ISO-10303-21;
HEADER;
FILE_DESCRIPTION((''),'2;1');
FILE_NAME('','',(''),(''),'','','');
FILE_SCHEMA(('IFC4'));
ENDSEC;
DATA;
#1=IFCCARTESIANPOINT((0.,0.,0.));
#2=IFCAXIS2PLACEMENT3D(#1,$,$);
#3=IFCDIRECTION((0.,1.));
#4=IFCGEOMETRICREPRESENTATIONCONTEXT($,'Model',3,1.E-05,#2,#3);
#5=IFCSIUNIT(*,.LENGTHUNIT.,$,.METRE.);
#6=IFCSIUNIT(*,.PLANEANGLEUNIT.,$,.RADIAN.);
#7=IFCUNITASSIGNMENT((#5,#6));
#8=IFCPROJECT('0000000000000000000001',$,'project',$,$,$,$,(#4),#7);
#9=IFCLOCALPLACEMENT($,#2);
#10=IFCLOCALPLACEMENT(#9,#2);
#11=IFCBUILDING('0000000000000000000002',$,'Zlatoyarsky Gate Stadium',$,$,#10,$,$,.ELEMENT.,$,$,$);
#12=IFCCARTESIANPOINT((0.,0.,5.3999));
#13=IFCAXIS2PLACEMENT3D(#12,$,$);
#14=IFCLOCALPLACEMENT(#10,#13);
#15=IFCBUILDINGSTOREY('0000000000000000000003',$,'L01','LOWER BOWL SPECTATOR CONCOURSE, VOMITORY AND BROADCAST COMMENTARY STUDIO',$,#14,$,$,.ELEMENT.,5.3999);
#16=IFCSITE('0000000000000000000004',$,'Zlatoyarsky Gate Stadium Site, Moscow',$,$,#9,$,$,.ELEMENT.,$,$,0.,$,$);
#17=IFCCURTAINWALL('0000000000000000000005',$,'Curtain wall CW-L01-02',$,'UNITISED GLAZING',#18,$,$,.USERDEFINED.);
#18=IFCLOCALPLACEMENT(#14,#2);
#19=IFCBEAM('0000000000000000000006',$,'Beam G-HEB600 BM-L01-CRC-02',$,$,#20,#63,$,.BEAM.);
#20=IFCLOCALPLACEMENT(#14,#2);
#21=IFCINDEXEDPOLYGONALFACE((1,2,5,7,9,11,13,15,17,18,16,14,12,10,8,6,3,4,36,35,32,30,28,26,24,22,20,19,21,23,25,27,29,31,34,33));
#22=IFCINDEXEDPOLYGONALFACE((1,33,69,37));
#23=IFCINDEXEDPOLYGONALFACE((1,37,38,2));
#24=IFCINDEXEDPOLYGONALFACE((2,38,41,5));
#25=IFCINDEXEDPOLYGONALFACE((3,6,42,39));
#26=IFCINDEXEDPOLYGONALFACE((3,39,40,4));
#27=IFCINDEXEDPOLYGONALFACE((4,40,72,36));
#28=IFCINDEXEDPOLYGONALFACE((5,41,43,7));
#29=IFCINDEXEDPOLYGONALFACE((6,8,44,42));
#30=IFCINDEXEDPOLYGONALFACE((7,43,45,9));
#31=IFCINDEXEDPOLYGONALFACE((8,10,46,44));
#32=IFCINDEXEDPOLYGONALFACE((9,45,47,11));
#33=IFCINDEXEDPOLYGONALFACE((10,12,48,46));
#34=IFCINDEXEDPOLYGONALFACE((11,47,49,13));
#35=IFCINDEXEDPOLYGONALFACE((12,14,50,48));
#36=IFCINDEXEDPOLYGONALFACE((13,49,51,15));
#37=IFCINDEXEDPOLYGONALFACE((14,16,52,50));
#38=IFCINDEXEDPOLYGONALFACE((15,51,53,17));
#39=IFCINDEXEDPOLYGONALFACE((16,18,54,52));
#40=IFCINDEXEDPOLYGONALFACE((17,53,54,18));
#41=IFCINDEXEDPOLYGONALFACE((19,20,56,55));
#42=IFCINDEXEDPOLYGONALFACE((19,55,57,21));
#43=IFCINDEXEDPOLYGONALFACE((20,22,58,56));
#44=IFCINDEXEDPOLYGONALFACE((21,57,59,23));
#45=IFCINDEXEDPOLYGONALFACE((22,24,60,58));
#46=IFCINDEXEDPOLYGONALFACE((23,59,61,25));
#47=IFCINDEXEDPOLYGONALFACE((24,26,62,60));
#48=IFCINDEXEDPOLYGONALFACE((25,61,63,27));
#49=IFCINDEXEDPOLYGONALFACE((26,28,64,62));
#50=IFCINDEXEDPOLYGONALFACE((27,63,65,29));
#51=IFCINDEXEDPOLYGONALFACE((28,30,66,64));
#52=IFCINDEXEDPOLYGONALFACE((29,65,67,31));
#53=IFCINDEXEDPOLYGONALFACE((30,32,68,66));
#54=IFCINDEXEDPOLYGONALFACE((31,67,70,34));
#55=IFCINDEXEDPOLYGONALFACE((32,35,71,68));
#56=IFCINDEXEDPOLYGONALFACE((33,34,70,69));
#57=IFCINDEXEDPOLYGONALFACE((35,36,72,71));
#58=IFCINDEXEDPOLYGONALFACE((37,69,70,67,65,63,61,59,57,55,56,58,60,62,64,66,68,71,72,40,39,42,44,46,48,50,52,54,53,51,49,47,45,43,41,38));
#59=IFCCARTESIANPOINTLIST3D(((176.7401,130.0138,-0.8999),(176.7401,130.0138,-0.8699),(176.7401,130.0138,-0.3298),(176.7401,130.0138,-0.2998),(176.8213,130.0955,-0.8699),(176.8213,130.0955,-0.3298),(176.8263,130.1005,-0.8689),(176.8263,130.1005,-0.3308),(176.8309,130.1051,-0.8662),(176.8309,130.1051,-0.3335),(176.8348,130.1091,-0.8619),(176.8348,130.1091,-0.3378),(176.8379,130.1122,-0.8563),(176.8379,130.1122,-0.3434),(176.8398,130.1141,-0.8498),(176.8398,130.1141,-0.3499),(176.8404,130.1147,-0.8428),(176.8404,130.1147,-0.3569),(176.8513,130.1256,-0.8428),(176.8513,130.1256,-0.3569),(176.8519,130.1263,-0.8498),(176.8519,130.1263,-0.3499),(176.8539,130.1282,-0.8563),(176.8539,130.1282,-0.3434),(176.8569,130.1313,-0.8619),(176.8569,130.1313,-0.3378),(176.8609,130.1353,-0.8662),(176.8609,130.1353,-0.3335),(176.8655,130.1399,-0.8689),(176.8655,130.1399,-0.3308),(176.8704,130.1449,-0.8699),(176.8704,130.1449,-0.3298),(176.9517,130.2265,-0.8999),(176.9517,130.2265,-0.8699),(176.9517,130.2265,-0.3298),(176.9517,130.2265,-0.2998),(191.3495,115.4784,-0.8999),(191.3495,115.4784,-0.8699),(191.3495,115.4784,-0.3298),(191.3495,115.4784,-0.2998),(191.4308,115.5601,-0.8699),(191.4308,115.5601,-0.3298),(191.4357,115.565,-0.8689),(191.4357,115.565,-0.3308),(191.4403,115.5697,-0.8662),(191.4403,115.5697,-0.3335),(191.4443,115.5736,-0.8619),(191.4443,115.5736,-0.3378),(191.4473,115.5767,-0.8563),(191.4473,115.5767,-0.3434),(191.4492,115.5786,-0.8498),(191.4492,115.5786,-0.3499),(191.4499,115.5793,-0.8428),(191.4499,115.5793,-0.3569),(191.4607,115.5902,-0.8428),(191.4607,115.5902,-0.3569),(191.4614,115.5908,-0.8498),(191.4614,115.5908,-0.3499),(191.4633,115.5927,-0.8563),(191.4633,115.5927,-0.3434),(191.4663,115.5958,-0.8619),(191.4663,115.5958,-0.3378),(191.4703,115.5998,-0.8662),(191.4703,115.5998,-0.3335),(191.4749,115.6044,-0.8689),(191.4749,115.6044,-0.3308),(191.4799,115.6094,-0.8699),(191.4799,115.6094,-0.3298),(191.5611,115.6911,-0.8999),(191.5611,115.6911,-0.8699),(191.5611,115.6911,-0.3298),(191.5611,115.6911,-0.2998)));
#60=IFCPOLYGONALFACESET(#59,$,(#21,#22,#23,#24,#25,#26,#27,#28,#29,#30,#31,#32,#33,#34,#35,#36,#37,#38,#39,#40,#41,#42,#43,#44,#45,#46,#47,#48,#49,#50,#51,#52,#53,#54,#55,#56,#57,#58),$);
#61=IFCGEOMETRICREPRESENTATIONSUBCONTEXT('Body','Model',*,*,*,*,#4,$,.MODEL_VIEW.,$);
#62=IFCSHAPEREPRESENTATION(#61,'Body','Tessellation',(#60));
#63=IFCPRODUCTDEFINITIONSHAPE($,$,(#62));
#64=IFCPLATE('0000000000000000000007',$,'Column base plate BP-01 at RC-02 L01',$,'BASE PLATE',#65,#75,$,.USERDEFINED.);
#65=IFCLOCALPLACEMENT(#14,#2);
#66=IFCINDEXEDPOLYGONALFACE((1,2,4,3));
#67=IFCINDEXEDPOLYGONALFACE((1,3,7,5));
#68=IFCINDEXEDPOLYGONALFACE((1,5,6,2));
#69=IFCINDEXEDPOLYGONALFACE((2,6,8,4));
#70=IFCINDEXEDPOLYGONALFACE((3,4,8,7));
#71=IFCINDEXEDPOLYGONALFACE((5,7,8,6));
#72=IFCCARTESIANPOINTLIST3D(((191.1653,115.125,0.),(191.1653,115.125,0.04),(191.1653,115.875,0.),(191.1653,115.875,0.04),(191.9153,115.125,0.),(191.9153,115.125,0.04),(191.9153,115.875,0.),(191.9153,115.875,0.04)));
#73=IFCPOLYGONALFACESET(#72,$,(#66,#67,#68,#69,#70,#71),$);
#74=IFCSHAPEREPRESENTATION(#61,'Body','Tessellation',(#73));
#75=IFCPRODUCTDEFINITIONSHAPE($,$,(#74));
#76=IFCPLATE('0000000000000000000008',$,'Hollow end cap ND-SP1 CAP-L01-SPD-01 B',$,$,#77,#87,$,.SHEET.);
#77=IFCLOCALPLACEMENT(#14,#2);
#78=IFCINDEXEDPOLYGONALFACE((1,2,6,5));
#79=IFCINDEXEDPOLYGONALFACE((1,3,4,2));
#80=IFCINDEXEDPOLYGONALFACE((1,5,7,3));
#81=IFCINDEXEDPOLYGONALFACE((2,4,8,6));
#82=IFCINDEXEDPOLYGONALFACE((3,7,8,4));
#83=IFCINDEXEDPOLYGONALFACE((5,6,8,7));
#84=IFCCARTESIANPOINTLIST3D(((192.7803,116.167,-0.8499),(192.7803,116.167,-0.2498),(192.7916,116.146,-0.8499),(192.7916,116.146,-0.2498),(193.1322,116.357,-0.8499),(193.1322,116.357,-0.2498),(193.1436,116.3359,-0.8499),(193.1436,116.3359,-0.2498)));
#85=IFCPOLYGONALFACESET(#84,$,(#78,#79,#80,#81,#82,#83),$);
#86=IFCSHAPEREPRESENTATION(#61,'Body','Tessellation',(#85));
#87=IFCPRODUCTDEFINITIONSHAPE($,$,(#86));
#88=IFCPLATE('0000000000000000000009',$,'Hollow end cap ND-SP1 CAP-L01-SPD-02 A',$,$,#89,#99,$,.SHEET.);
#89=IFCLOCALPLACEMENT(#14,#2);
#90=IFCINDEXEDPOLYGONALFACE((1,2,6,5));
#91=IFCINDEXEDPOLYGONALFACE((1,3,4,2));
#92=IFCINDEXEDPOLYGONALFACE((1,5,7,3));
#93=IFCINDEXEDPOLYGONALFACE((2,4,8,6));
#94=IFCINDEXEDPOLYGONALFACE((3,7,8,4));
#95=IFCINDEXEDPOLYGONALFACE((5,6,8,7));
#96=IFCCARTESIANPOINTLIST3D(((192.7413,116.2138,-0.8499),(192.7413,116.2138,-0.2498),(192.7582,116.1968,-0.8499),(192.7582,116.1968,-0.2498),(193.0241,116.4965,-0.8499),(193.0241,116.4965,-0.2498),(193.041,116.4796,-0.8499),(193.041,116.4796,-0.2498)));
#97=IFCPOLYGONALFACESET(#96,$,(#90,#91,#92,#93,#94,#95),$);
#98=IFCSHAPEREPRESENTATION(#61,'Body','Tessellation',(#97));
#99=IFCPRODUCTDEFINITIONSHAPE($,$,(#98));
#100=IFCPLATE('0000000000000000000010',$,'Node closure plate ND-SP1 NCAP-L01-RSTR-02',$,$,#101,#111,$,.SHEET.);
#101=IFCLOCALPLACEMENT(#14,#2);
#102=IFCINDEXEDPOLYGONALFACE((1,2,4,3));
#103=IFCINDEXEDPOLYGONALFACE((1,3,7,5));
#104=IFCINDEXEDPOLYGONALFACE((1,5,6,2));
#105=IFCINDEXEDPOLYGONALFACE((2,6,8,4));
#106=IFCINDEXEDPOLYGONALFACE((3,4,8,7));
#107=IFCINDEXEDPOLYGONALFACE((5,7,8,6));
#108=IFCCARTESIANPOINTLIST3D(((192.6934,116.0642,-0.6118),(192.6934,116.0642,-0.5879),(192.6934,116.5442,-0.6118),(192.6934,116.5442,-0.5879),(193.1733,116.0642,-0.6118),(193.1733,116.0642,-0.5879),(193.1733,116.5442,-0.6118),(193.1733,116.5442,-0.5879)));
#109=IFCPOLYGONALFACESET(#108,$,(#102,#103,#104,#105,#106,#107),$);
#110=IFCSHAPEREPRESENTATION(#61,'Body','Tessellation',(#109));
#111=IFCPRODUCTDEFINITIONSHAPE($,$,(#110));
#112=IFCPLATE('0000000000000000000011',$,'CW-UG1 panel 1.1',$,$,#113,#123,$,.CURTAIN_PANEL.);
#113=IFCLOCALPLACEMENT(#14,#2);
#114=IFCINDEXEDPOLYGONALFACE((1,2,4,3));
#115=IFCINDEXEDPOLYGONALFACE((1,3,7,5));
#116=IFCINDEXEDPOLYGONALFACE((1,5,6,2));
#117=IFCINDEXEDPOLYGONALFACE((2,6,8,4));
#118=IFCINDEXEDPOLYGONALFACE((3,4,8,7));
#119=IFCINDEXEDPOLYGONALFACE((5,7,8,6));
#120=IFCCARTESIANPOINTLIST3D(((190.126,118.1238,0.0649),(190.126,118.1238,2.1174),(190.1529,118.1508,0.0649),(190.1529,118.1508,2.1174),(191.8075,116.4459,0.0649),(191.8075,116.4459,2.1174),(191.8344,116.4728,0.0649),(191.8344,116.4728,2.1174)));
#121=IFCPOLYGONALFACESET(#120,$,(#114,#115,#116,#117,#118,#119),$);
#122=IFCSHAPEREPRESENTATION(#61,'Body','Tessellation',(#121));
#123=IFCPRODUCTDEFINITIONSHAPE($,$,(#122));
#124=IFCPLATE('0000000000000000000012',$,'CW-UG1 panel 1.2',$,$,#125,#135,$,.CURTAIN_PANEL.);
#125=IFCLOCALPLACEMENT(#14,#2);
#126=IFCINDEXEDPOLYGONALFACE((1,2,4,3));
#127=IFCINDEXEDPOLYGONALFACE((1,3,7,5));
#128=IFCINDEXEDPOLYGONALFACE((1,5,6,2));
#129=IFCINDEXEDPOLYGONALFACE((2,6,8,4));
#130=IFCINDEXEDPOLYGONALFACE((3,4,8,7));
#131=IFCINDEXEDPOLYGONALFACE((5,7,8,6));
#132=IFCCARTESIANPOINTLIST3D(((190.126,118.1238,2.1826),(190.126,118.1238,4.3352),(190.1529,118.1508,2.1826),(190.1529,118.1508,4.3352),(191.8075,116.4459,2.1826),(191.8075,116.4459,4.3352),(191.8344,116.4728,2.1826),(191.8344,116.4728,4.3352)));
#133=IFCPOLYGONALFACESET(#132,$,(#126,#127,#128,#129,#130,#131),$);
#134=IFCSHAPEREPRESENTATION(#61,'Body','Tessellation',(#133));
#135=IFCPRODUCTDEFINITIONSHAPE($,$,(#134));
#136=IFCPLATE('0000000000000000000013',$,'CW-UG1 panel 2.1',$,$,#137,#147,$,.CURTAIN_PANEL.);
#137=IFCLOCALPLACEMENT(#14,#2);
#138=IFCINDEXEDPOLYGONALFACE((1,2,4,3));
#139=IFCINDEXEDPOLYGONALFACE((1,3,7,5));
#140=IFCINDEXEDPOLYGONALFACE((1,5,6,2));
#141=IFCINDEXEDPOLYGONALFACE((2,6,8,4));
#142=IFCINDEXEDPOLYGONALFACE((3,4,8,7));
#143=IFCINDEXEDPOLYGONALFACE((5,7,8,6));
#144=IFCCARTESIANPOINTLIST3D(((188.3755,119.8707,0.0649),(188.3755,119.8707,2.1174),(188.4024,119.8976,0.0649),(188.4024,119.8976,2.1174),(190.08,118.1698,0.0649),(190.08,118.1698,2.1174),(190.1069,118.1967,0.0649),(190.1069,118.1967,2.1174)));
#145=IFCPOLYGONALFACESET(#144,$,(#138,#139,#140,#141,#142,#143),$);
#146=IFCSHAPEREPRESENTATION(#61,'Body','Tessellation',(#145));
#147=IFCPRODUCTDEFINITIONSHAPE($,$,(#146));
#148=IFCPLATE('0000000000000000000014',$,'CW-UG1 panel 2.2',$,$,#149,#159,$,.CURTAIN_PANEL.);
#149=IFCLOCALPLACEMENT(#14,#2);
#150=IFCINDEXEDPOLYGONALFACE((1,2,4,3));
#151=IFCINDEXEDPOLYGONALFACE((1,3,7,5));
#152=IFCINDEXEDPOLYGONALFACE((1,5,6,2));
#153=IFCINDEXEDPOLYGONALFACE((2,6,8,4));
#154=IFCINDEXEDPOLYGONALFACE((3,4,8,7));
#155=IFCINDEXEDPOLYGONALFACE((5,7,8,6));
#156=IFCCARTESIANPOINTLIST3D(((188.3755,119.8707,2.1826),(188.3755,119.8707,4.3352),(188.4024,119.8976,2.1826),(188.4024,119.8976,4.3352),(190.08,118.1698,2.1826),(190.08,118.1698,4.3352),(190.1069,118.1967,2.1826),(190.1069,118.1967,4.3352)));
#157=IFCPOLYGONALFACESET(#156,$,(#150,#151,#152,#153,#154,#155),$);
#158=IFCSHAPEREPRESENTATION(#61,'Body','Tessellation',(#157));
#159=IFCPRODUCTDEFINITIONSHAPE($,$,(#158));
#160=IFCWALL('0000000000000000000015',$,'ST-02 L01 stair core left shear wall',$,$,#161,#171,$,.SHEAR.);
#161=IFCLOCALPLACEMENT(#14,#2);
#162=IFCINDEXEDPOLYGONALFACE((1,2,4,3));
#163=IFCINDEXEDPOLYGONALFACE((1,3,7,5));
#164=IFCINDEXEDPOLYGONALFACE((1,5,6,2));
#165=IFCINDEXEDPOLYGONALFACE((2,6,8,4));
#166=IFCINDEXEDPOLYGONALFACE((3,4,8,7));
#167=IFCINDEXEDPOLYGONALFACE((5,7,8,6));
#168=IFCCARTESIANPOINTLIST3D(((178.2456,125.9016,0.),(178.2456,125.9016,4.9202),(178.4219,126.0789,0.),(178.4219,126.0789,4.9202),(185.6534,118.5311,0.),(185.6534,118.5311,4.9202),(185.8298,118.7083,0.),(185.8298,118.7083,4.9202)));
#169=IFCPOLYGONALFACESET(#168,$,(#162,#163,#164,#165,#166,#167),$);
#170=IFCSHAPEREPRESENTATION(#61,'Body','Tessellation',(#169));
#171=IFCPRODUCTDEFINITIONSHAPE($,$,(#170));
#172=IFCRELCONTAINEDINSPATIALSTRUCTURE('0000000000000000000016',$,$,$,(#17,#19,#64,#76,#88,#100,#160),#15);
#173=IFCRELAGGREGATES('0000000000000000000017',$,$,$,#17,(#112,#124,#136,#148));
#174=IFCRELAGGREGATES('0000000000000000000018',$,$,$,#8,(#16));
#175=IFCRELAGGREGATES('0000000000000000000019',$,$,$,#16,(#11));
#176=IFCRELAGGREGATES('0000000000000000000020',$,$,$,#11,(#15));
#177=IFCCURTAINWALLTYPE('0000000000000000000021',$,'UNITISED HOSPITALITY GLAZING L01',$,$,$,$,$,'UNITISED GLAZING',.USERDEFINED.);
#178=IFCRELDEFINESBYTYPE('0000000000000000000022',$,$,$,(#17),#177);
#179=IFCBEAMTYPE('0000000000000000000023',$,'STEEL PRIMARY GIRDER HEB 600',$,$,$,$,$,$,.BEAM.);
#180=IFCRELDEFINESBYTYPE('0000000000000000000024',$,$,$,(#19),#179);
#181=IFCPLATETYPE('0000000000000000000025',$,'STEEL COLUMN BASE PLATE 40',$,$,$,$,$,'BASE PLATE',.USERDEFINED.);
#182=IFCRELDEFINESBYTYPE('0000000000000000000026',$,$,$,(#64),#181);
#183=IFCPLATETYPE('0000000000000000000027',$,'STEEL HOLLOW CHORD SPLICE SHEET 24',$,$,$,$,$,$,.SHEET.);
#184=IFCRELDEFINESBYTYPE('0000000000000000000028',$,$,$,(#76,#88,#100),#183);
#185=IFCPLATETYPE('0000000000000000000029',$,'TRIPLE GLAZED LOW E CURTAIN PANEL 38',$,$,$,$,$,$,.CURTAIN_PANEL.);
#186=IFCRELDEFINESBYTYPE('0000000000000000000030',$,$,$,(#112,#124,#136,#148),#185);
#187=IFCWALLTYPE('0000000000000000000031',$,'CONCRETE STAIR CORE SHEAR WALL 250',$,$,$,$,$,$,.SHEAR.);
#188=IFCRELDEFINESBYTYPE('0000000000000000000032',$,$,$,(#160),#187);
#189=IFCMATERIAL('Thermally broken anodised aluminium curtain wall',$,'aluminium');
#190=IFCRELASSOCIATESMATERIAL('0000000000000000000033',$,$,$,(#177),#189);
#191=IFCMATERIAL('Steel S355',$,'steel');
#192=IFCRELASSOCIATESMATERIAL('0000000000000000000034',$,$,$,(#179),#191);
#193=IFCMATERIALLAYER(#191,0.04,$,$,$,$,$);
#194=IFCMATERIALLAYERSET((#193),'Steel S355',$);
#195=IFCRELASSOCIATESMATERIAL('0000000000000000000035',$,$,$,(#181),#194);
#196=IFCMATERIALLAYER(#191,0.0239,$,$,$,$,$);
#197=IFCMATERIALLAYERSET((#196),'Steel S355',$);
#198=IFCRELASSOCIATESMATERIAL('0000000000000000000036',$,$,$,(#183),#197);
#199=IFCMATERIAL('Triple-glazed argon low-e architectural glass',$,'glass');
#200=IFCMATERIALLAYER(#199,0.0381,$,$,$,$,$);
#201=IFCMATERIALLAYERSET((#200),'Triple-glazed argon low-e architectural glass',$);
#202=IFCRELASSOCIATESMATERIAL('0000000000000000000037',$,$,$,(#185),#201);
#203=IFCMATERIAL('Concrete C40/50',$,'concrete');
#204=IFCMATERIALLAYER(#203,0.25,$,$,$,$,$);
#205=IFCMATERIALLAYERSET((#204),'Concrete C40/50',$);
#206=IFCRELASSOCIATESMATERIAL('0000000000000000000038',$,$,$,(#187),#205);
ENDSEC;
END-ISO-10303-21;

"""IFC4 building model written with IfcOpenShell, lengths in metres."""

from ifc_helpers import new_model, si_unit, direction, frame, frame_2d, origin, origin_2d, place, context, subcontext, project, spatial, rectangle, i_section, extrude, material, layer, layer_set, material_profile, profile_set, type_object, element, aggregate, save


model = new_model("IFC4")

# Units and contexts
model_context = context("Model", 3, precision=1e-05, world=origin(), true_north=direction((0.0, 1.0)))
body_context = subcontext(model_context, "Body", "Model", "MODEL_VIEW")
ifc_project = project(units=[si_unit("LENGTHUNIT", "METRE"), si_unit("PLANEANGLEUNIT", "RADIAN")], contexts=[model_context])

# Site, building, storey
site_placement = place(None, origin())
site = spatial("IfcSite", under=ifc_project, at=site_placement, Name="Zlatoyarsky Gate Stadium Site, Moscow", CompositionType="ELEMENT", RefElevation=0.0)
building_placement = place(site_placement, origin())
building = spatial("IfcBuilding", under=site, at=building_placement, Name="Zlatoyarsky Gate Stadium", CompositionType="ELEMENT")
storey_placement = place(building_placement, frame((0.0, 0.0, 5.3999)))
storey = spatial("IfcBuildingStorey", under=building, at=storey_placement, Name="L01", Description="LOWER BOWL SPECTATOR CONCOURSE, VOMITORY AND BROADCAST COMMENTARY STUDIO", CompositionType="ELEMENT", Elevation=5.3999)

# Shared definitions
ifc_material_1 = material(Name="Steel S355", Category="steel")

# Shared definitions
ifc_material_2 = material(Name="Thermally broken anodised aluminium curtain wall", Category="aluminium")
curtain_wall_type = type_object("IfcCurtainWallType", Name="UNITISED HOSPITALITY GLAZING L01", ElementType="UNITISED GLAZING", PredefinedType="USERDEFINED", material=ifc_material_2)

# Curtain wall
curtain_wall_1_placement = place(storey_placement, origin())
curtain_wall_1 = element("IfcCurtainWall", 1, at=curtain_wall_1_placement, inside=storey, type_object=curtain_wall_type, Name="Curtain wall CW-L01-02", ObjectType="UNITISED GLAZING", PredefinedType="USERDEFINED")

# Beam
ifc_material_profile_1 = material_profile(ifc_material_1, i_section(OverallWidth=0.3, OverallDepth=0.6001, WebThickness=0.0154, FlangeThickness=0.03, FilletRadius=0.0271, at=origin_2d()), Name="HEB 600")
ifc_profile_set_1 = profile_set([ifc_material_profile_1], Name="Steel S355")
beam_type_1 = type_object("IfcBeamType", Name="STEEL PRIMARY GIRDER HEB 600", PredefinedType="BEAM", material=ifc_profile_set_1)
beam_1_placement = place(storey_placement, frame((191.4553, 115.5847, -0.5999), z_axis=(-0.708899, 0.70531, 0.0), x_axis=(-0.70531, -0.708899, 0.0)))
element("IfcBeam", 2, at=beam_1_placement, inside=storey, type_object=beam_type_1, Name="Beam G-HEB600 BM-L01-CRC-02", PredefinedType="BEAM", context=body_context, shape_type="SweptSolid", body=[
    extrude(i_section(OverallWidth=0.3, OverallDepth=0.6001, WebThickness=0.0154, FlangeThickness=0.03, FilletRadius=0.0271, at=origin_2d()), origin(), (0.0, 0.0, 1.0), 20.6086),
])

# Plates
ifc_layer_1 = layer(ifc_material_1, 0.04)
ifc_layer_set_1 = layer_set([ifc_layer_1], Name="Steel S355")
plate_type_1 = type_object("IfcPlateType", Name="STEEL COLUMN BASE PLATE 40", ElementType="BASE PLATE", PredefinedType="USERDEFINED", material=ifc_layer_set_1)
plate_1_placement = place(storey_placement, frame((191.5403, 115.5, 0.0), z_axis=(0.0, 0.0, 1.0), x_axis=(1.0, 0.0, 0.0)))
element("IfcPlate", 3, at=plate_1_placement, inside=storey, type_object=plate_type_1, Name="Column base plate BP-01 at RC-02 L01", ObjectType="BASE PLATE", PredefinedType="USERDEFINED", context=body_context, shape_type="SweptSolid", body=[
    extrude(rectangle(XDim=0.75, YDim=0.75, at=origin_2d()), origin(), (0.0, 0.0, 1.0), 0.04),
])
ifc_layer_2 = layer(ifc_material_1, 0.0239)
ifc_layer_set_2 = layer_set([ifc_layer_2], Name="Steel S355")
plate_type_2 = type_object("IfcPlateType", Name="STEEL HOLLOW CHORD SPLICE SHEET 24", PredefinedType="SHEET", material=ifc_layer_set_2)
for number, where, z_axis, x_axis, name in (
    (4, (192.9619, 116.2515, -0.8499), (0.0, 0.0, 1.0), (-0.474958, 0.880009, 0.0), "Hollow end cap ND-SP1 CAP-L01-SPD-01 B"),
    (5, (192.8911, 116.3467, -0.8499), (0.0, 0.0, 1.0), (-0.707043, 0.70717, 0.0), "Hollow end cap ND-SP1 CAP-L01-SPD-02 A"),
):
    element("IfcPlate", number, at=place(storey_placement, frame(where, z_axis=z_axis, x_axis=x_axis)), inside=storey, type_object=plate_type_2, Name=name, PredefinedType="SHEET", context=body_context, shape_type="SweptSolid", body=[
        extrude(rectangle(XDim=0.0239, YDim=0.3999, at=origin_2d()), origin(), (0.0, 0.0, 1.0), 0.6001),
    ])
plate_2_placement = place(storey_placement, frame((192.9333, 116.3042, -0.6118), z_axis=(0.0, 0.0, 1.0), x_axis=(1.0, 0.0, 0.0)))
element("IfcPlate", 6, at=plate_2_placement, inside=storey, type_object=plate_type_2, Name="Node closure plate ND-SP1 NCAP-L01-RSTR-02", PredefinedType="SHEET", context=body_context, shape_type="SweptSolid", body=[
    extrude(rectangle(XDim=0.48, YDim=0.48, at=origin_2d()), origin(), (0.0, 0.0, 1.0), 0.0239),
])

# Plates
ifc_material_3 = material(Name="Triple-glazed argon low-e architectural glass", Category="glass")
ifc_layer_3 = layer(ifc_material_3, 0.0381)
ifc_layer_set_3 = layer_set([ifc_layer_3], Name="Triple-glazed argon low-e architectural glass")
plate_type_3 = type_object("IfcPlateType", Name="TRIPLE GLAZED LOW E CURTAIN PANEL 38", PredefinedType="CURTAIN_PANEL", material=ifc_layer_set_3)
plate_3_placement = place(storey_placement, frame((190.9802, 117.2983, 0.0649), z_axis=(0.0, 0.0, 1.0), x_axis=(-0.707842, 0.706371, 0.0)))
plate_3 = element("IfcPlate", 7, at=plate_3_placement, type_object=plate_type_3, Name="CW-UG1 panel 1.1", PredefinedType="CURTAIN_PANEL", context=body_context, shape_type="SweptSolid", body=[
    extrude(rectangle(XDim=2.3755, YDim=0.0381, at=origin_2d()), origin(), (0.0, 0.0, 1.0), 2.0525),
])
plate_4_placement = place(storey_placement, frame((190.9802, 117.2983, 2.1826), z_axis=(0.0, 0.0, 1.0), x_axis=(-0.707842, 0.706371, 0.0)))
plate_4 = element("IfcPlate", 8, at=plate_4_placement, type_object=plate_type_3, Name="CW-UG1 panel 1.2", PredefinedType="CURTAIN_PANEL", context=body_context, shape_type="SweptSolid", body=[
    extrude(rectangle(XDim=2.3755, YDim=0.0381, at=origin_2d()), origin(), (0.0, 0.0, 1.0), 2.1526),
])
plate_5_placement = place(storey_placement, frame((189.2412, 119.0337, 0.0649), z_axis=(0.0, 0.0, 1.0), x_axis=(-0.707842, 0.706371, 0.0)))
plate_5 = element("IfcPlate", 9, at=plate_5_placement, type_object=plate_type_3, Name="CW-UG1 panel 2.1", PredefinedType="CURTAIN_PANEL", context=body_context, shape_type="SweptSolid", body=[
    extrude(rectangle(XDim=2.408, YDim=0.0381, at=origin_2d()), origin(), (0.0, 0.0, 1.0), 2.0525),
])
plate_6_placement = place(storey_placement, frame((189.2412, 119.0337, 2.1826), z_axis=(0.0, 0.0, 1.0), x_axis=(-0.707842, 0.706371, 0.0)))
plate_6 = element("IfcPlate", 10, at=plate_6_placement, type_object=plate_type_3, Name="CW-UG1 panel 2.2", PredefinedType="CURTAIN_PANEL", context=body_context, shape_type="SweptSolid", body=[
    extrude(rectangle(XDim=2.408, YDim=0.0381, at=origin_2d()), origin(), (0.0, 0.0, 1.0), 2.1526),
])
aggregate(curtain_wall_1, [plate_3, plate_4, plate_5, plate_6])

# Wall
ifc_material_4 = material(Name="Concrete C40/50", Category="concrete")
ifc_layer_4 = layer(ifc_material_4, 0.25)
ifc_layer_set_4 = layer_set([ifc_layer_4], Name="Concrete C40/50")
wall_type = type_object("IfcWallType", Name="CONCRETE STAIR CORE SHEAR WALL 250", PredefinedType="SHEAR", material=ifc_layer_set_4)
wall_placement = place(storey_placement, frame((185.7417, 118.6196, 0.0), z_axis=(0.0, 0.0, 1.0), x_axis=(-0.708892, 0.705317, 0.0)))
element("IfcWall", 11, at=wall_placement, inside=storey, type_object=wall_type, Name="ST-02 L01 stair core left shear wall", PredefinedType="SHEAR", context=body_context, shape_type="SweptSolid", body=[
    extrude(rectangle(XDim=10.45, YDim=0.25, at=frame_2d((5.2251, 0.0))), origin(), (0.0, 0.0, 1.0), 4.9202),
])

save(model, "model.ifc")
